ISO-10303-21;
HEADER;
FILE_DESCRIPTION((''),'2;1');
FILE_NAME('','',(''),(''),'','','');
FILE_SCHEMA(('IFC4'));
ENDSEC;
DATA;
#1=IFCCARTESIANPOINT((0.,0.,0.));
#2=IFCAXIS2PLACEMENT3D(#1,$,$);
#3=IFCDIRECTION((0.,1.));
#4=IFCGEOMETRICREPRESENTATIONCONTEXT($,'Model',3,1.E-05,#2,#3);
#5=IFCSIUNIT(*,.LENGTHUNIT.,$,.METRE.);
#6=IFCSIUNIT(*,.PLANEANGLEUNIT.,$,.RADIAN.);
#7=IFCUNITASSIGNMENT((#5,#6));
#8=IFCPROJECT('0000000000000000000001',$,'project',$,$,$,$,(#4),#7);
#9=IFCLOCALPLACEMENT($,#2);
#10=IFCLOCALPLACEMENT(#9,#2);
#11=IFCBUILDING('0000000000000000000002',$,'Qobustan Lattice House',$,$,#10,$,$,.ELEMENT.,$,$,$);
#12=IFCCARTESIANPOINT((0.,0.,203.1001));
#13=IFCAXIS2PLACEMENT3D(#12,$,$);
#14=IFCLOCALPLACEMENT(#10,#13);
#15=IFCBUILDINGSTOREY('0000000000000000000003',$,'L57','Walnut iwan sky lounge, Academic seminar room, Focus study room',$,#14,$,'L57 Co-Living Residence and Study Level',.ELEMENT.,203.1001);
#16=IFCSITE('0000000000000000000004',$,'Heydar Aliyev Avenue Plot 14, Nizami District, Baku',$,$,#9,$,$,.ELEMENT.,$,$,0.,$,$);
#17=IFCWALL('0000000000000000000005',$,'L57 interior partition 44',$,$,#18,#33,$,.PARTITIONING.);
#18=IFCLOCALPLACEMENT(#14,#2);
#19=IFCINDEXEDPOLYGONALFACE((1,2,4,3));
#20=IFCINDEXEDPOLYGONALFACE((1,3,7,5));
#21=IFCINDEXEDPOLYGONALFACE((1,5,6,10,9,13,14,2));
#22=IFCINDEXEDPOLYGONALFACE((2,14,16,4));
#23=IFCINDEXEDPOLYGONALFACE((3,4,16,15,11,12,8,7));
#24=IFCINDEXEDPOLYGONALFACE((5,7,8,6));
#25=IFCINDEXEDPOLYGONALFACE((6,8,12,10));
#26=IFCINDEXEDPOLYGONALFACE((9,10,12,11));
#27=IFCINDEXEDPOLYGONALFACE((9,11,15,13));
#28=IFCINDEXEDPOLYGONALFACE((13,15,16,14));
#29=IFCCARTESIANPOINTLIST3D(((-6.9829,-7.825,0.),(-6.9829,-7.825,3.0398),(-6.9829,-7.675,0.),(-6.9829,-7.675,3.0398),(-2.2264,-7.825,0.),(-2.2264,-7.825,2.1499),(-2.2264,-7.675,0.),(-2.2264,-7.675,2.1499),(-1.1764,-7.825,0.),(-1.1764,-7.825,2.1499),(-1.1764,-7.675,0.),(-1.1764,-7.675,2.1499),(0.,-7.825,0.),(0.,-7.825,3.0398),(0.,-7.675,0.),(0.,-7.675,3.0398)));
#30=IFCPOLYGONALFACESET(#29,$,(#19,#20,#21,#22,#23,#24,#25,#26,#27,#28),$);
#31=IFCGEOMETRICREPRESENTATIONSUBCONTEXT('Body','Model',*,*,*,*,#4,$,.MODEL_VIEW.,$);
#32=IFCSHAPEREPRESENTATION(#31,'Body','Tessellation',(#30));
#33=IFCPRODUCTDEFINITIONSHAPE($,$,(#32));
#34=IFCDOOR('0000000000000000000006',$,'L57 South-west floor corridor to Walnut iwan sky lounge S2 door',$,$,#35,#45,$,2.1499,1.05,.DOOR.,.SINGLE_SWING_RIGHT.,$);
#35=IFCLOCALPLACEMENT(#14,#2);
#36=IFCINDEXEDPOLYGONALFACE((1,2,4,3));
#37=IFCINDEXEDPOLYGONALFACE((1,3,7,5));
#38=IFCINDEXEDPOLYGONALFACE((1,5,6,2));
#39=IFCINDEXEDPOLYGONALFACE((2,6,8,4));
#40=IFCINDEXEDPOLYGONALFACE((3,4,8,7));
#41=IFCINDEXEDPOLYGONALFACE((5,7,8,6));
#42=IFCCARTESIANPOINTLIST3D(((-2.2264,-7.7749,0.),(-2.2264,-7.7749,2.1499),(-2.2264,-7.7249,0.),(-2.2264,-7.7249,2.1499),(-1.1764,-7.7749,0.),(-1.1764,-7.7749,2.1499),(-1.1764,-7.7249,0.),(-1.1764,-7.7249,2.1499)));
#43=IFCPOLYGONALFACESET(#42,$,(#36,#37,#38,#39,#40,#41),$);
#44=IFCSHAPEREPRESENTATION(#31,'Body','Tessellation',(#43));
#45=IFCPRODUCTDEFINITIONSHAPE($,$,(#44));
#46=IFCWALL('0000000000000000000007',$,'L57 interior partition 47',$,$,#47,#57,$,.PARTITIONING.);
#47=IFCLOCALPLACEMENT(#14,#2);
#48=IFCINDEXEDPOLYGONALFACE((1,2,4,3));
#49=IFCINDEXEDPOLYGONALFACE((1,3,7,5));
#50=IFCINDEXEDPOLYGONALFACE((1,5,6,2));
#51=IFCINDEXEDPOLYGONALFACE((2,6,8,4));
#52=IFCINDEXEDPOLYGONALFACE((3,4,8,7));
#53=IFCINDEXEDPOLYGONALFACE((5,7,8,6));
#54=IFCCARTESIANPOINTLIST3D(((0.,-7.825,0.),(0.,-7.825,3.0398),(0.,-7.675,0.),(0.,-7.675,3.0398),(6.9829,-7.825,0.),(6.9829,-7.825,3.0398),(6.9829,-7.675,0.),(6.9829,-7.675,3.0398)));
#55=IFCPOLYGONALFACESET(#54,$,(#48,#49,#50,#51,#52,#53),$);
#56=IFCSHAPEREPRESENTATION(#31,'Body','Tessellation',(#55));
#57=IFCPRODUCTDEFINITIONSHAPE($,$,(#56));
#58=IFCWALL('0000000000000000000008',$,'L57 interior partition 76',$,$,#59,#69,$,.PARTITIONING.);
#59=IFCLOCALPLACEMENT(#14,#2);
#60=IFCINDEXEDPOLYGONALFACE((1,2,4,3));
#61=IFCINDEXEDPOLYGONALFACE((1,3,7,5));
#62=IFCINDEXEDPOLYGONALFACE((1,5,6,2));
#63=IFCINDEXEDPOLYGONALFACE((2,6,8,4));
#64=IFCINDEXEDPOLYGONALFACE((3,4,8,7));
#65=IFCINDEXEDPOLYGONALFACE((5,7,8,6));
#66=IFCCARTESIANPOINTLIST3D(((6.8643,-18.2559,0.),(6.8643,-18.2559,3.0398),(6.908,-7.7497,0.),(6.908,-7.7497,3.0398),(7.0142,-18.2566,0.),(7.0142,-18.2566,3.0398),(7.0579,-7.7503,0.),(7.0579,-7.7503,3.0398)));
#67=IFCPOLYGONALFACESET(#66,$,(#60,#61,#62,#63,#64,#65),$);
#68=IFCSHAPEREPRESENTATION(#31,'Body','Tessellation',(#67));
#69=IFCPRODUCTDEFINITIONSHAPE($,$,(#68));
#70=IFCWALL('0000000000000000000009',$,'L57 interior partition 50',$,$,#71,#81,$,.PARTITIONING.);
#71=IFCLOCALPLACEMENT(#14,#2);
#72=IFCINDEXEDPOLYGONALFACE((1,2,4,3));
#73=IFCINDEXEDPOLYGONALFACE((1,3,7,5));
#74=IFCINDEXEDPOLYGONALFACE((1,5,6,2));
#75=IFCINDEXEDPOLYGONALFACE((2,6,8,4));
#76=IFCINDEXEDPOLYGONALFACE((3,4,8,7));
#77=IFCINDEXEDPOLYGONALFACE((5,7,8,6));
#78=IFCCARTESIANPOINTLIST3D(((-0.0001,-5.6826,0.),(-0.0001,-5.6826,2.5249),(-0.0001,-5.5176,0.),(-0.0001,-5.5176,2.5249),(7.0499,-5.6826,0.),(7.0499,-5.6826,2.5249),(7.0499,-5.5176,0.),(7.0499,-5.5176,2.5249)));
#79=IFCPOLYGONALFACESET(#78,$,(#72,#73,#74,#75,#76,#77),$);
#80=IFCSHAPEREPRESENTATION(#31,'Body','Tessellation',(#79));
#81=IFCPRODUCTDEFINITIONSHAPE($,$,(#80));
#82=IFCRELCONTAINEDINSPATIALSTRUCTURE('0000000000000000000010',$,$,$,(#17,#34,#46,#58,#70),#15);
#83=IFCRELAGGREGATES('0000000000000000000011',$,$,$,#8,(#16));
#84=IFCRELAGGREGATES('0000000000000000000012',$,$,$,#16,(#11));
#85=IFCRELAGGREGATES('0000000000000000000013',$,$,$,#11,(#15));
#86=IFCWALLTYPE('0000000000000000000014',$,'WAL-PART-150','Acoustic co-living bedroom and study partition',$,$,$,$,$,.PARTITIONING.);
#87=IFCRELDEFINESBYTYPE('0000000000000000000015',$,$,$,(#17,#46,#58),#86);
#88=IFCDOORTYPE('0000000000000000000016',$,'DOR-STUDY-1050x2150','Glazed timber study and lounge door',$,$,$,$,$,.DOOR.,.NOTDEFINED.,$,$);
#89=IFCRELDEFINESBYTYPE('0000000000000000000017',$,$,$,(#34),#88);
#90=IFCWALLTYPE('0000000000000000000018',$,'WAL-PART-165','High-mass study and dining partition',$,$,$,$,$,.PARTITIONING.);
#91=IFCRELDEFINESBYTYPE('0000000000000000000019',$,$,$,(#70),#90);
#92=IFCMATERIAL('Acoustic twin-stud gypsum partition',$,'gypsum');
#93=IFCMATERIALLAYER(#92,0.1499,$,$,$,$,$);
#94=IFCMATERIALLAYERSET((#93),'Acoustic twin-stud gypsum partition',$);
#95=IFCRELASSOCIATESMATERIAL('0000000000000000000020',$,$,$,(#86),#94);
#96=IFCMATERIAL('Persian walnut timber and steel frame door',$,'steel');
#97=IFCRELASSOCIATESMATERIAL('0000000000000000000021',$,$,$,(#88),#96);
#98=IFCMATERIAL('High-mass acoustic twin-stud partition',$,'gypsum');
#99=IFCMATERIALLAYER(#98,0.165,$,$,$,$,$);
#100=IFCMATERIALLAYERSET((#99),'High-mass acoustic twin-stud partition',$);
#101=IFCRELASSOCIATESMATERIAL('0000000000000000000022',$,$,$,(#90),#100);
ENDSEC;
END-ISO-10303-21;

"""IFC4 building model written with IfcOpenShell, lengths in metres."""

from ifc_helpers import new_model, si_unit, direction, frame, frame_2d, origin, place, context, subcontext, project, spatial, rectangle, extrude, material, layer, layer_set, type_object, element, fill, save


model = new_model("IFC4")

# Units and contexts
model_context = context("Model", 3, precision=1e-05, world=origin(), true_north=direction((0.0, 1.0)))
body_context = subcontext(model_context, "Body", "Model", "MODEL_VIEW")
ifc_project = project(units=[si_unit("LENGTHUNIT", "METRE"), si_unit("PLANEANGLEUNIT", "RADIAN")], contexts=[model_context])

# Site, building, storey
site_placement = place(None, origin())
site = spatial("IfcSite", under=ifc_project, at=site_placement, Name="Heydar Aliyev Avenue Plot 14, Nizami District, Baku", CompositionType="ELEMENT", RefElevation=0.0)
building_placement = place(site_placement, origin())
building = spatial("IfcBuilding", under=site, at=building_placement, Name="Qobustan Lattice House", CompositionType="ELEMENT")
storey_placement = place(building_placement, frame((0.0, 0.0, 203.1001)))
storey = spatial("IfcBuildingStorey", under=building, at=storey_placement, Name="L57", Description="Walnut iwan sky lounge, Academic seminar room, Focus study room", LongName="L57 Co-Living Residence and Study Level", CompositionType="ELEMENT", Elevation=203.1001)

# Wall, opening, door
ifc_material_1 = material(Name="Acoustic twin-stud gypsum partition", Category="gypsum")
ifc_layer_1 = layer(ifc_material_1, 0.1499)
ifc_layer_set_1 = layer_set([ifc_layer_1], Name="Acoustic twin-stud gypsum partition")
wall_type_1 = type_object("IfcWallType", Name="WAL-PART-150", Description="Acoustic co-living bedroom and study partition", PredefinedType="PARTITIONING", material=ifc_layer_set_1)
wall_1_placement = place(storey_placement, frame((0.0, -7.75, 0.0), z_axis=(0.0, 0.0, 1.0), x_axis=(-1.0, 0.0, 0.0)))
wall_1 = element("IfcWall", 1, at=wall_1_placement, inside=storey, type_object=wall_type_1, Name="L57 interior partition 44", PredefinedType="PARTITIONING", context=body_context, shape_type="SweptSolid", body=[
    extrude(rectangle(XDim=6.9829, YDim=0.1499, at=frame_2d((3.4915, 0.0))), origin(), (0.0, 0.0, 1.0), 3.0398),
])
opening_placement = place(wall_1_placement, frame((1.1765, 0.0, 0.0)))
opening = element("IfcOpeningElement", 2, at=opening_placement, cuts=wall_1, PredefinedType="OPENING", context=body_context, shape_type="SweptSolid", body=[
    extrude(rectangle(XDim=1.05, YDim=2.1499, at=frame_2d((0.5249, 1.075))), frame((0.0, 0.085, 0.0), z_axis=(0.0, -1.0, 0.0), x_axis=(1.0, 0.0, 0.0)), (0.0, 0.0, 1.0), 0.1699),
])
ifc_material_2 = material(Name="Persian walnut timber and steel frame door", Category="steel")
door_type = type_object("IfcDoorType", Name="DOR-STUDY-1050x2150", Description="Glazed timber study and lounge door", OperationType="NOTDEFINED", PredefinedType="DOOR", material=ifc_material_2)
door_placement = place(opening_placement, origin())
door = element("IfcDoor", 3, at=door_placement, inside=storey, type_object=door_type, Name="L57 South-west floor corridor to Walnut iwan sky lounge S2 door", OperationType="SINGLE_SWING_RIGHT", OverallHeight=2.1499, OverallWidth=1.05, PredefinedType="DOOR", context=body_context, shape_type="SweptSolid", body=[
    extrude(rectangle(XDim=1.05, YDim=2.1499, at=frame_2d((0.5249, 1.075))), frame((0.0, 0.0249, 0.0), z_axis=(0.0, -1.0, 0.0), x_axis=(1.0, 0.0, 0.0)), (0.0, 0.0, 1.0), 0.05),
])
fill(opening, door)

# Walls
wall_2_placement = place(storey_placement, frame((6.9829, -7.75, 0.0), z_axis=(0.0, 0.0, 1.0), x_axis=(-1.0, 0.0, 0.0)))
element("IfcWall", 4, at=wall_2_placement, inside=storey, type_object=wall_type_1, Name="L57 interior partition 47", PredefinedType="PARTITIONING", context=body_context, shape_type="SweptSolid", body=[
    extrude(rectangle(XDim=6.9829, YDim=0.1499, at=frame_2d((3.4915, 0.0))), origin(), (0.0, 0.0, 1.0), 3.0398),
])
wall_3_placement = place(storey_placement, frame((6.9829, -7.75, 0.0), z_axis=(0.0, 0.0, 1.0), x_axis=(-0.004159, -0.999991, 0.0)))
element("IfcWall", 5, at=wall_3_placement, inside=storey, type_object=wall_type_1, Name="L57 interior partition 76", PredefinedType="PARTITIONING", context=body_context, shape_type="SweptSolid", body=[
    extrude(rectangle(XDim=10.5063, YDim=0.1499, at=frame_2d((5.2532, 0.0))), origin(), (0.0, 0.0, 1.0), 3.0398),
])
ifc_material_3 = material(Name="High-mass acoustic twin-stud partition", Category="gypsum")
ifc_layer_2 = layer(ifc_material_3, 0.165)
ifc_layer_set_2 = layer_set([ifc_layer_2], Name="High-mass acoustic twin-stud partition")
wall_type_2 = type_object("IfcWallType", Name="WAL-PART-165", Description="High-mass study and dining partition", PredefinedType="PARTITIONING", material=ifc_layer_set_2)
wall_4_placement = place(storey_placement, frame((0.0, -5.6001, 0.0), z_axis=(0.0, 0.0, 1.0), x_axis=(1.0, 0.0, 0.0)))
element("IfcWall", 6, at=wall_4_placement, inside=storey, type_object=wall_type_2, Name="L57 interior partition 50", PredefinedType="PARTITIONING", context=body_context, shape_type="SweptSolid", body=[
    extrude(rectangle(XDim=7.05, YDim=0.165, at=frame_2d((3.5249, 0.0))), origin(), (0.0, 0.0, 1.0), 2.5249),
])

save(model, "model.ifc")
